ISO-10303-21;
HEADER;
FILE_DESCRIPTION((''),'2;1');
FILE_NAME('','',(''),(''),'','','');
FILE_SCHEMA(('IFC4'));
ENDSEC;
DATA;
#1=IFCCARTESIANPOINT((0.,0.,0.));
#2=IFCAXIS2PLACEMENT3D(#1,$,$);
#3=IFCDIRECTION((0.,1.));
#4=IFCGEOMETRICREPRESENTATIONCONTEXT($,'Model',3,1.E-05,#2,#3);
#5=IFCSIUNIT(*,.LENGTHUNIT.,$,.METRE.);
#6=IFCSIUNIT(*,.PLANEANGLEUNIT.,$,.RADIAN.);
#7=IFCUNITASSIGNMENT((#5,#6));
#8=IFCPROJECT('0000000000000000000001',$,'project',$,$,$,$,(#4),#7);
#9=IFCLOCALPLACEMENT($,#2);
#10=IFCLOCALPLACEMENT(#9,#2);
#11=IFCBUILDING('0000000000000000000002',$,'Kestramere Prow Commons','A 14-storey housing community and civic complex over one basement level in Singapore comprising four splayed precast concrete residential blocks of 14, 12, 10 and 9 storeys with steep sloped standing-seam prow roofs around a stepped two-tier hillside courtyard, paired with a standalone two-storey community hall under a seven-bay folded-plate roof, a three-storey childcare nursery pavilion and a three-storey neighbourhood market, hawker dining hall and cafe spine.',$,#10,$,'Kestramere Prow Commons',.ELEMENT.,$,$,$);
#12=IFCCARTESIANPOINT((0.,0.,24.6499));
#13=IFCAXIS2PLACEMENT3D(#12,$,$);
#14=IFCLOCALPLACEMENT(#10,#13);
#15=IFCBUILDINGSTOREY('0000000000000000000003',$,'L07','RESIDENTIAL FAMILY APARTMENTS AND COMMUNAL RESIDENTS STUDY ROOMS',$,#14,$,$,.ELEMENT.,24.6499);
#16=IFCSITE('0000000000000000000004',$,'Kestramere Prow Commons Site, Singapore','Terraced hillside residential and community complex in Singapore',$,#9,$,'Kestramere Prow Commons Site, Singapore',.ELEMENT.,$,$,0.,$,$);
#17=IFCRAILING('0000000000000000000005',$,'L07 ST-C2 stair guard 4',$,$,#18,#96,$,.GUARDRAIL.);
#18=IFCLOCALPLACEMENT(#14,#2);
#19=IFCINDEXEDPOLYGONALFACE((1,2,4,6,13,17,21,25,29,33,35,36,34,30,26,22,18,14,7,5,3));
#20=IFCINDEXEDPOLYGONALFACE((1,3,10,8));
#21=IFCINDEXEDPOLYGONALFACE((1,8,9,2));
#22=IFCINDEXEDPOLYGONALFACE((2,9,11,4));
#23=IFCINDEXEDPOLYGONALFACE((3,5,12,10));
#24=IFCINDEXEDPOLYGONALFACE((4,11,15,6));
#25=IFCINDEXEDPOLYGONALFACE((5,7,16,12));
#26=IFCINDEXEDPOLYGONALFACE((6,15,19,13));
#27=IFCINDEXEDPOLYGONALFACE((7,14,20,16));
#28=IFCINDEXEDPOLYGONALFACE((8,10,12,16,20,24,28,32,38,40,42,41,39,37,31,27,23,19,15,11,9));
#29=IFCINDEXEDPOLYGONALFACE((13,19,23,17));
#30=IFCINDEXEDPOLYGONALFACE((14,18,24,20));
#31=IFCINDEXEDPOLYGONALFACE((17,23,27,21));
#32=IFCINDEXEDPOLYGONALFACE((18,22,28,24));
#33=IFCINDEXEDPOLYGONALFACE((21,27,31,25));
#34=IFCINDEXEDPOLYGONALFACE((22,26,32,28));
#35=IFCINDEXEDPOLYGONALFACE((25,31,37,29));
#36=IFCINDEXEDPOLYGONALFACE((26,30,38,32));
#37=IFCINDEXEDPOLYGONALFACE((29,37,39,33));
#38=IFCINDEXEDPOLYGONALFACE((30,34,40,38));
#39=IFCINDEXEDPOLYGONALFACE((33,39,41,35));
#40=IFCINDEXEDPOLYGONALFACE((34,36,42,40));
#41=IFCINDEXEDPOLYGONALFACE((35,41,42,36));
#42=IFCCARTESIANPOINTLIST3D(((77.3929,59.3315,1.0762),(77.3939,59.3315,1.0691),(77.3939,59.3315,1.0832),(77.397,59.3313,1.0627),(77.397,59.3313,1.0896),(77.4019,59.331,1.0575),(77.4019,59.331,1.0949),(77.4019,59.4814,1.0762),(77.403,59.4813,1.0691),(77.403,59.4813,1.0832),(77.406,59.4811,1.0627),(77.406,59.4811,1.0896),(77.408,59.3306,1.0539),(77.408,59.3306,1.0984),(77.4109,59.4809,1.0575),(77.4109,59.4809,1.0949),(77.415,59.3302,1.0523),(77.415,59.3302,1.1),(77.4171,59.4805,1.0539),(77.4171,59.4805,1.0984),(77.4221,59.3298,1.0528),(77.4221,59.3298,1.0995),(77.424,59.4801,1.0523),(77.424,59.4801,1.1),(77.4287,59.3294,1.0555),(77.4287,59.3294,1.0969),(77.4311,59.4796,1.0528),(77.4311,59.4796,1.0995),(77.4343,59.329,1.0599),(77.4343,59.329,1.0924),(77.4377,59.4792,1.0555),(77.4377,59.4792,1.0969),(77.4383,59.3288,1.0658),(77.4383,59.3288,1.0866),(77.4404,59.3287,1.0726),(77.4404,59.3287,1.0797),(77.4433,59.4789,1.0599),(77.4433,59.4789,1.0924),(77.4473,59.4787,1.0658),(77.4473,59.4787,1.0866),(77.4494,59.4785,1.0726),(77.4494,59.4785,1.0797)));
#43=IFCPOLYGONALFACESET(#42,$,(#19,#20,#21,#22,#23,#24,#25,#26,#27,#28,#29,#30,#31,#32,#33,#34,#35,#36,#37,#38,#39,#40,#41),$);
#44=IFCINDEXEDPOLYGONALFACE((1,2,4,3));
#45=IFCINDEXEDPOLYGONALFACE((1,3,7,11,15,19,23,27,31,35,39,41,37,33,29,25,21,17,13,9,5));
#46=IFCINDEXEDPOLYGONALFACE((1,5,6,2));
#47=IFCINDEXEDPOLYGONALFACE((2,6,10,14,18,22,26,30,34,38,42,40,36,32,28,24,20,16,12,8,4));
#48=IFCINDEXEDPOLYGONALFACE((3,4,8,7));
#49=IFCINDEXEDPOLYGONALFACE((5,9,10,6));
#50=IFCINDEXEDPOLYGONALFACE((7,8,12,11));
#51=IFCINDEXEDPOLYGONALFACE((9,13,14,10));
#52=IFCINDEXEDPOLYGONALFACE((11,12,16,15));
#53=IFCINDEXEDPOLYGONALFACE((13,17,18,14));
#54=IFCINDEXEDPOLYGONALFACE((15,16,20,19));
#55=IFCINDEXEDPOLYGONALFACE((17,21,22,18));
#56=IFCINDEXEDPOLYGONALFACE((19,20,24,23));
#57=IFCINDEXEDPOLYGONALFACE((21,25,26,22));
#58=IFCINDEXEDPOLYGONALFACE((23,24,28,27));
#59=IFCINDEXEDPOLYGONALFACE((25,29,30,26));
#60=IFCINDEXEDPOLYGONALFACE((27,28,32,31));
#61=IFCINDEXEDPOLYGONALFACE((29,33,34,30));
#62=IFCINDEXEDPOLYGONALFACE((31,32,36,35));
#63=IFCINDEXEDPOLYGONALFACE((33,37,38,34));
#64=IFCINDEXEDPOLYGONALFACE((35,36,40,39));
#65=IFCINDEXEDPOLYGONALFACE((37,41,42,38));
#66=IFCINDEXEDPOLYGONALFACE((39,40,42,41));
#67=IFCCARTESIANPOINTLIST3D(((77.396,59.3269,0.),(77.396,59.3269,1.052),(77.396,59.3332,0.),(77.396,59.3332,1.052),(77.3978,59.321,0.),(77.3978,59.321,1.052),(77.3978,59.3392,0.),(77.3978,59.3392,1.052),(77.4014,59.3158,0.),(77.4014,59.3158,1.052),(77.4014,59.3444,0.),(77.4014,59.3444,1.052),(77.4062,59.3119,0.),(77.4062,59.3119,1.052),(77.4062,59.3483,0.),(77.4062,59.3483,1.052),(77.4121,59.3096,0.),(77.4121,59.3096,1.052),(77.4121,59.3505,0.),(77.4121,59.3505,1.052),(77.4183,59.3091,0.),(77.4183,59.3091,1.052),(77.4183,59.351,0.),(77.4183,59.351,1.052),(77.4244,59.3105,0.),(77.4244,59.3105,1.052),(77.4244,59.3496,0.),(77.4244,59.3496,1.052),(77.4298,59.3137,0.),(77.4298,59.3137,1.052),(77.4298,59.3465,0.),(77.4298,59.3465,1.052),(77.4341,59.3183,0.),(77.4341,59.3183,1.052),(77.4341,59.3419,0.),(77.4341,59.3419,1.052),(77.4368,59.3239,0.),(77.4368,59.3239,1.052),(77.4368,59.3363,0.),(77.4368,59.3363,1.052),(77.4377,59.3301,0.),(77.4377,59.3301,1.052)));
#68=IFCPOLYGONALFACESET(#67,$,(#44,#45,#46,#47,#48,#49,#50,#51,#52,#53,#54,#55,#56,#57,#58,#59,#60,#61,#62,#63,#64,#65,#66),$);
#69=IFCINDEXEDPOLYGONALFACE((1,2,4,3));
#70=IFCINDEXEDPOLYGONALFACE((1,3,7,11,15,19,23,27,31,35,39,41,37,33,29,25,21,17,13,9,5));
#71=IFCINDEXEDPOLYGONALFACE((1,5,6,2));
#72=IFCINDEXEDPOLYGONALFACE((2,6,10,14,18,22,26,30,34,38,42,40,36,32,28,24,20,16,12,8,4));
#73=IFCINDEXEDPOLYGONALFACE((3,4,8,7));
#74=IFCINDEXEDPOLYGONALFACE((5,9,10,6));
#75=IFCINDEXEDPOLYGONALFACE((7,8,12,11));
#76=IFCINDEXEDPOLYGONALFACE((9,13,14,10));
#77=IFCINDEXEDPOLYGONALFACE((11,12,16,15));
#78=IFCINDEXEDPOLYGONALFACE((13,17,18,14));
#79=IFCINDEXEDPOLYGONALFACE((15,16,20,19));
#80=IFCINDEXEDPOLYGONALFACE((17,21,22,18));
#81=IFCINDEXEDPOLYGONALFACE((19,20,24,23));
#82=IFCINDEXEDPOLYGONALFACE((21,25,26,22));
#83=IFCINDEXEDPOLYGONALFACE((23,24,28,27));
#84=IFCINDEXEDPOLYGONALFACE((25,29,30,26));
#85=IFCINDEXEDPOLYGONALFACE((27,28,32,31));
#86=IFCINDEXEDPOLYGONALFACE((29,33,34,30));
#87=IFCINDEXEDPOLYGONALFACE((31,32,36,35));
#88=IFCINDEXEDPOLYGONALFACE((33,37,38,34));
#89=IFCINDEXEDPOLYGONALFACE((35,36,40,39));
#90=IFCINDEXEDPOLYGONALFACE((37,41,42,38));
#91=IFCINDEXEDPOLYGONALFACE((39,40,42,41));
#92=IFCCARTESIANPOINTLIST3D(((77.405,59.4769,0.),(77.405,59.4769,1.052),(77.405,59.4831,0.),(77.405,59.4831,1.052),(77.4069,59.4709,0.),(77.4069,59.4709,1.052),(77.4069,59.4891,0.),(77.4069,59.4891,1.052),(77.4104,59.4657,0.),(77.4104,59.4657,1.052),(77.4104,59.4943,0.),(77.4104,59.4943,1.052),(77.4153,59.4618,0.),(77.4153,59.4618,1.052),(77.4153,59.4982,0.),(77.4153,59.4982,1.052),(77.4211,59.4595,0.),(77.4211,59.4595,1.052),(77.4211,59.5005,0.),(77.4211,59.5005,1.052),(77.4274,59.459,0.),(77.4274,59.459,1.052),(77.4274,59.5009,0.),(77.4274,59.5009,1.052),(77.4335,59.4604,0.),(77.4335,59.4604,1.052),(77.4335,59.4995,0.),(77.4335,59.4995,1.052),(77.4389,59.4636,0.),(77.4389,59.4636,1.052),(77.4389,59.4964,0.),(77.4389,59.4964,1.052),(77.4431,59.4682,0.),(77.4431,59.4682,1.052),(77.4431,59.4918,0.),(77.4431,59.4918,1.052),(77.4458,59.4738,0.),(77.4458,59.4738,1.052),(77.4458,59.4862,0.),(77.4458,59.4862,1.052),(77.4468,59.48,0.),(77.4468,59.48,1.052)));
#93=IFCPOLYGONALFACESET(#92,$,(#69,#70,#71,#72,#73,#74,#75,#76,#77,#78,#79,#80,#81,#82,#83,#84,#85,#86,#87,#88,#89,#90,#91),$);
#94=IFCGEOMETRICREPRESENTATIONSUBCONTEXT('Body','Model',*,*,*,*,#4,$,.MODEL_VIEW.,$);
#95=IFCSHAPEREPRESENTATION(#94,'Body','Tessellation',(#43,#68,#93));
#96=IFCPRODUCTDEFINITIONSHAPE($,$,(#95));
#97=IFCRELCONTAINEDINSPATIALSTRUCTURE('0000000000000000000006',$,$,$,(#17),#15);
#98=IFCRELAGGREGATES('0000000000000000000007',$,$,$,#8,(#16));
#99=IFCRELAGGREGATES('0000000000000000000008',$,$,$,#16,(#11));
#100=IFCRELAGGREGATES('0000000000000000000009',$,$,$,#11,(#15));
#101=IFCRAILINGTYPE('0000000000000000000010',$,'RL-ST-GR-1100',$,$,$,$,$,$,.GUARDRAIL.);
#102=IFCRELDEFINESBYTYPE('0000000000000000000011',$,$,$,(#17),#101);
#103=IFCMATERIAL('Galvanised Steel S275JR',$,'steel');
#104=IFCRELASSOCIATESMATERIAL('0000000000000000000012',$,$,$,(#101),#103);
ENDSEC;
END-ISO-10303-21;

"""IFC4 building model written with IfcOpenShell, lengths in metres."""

from ifc_helpers import new_model, si_unit, direction, frame, origin, origin_2d, place, context, subcontext, project, spatial, circle, extrude, material, type_object, element, save


model = new_model("IFC4")

# Units and contexts
model_context = context("Model", 3, precision=1e-05, world=origin(), true_north=direction((0.0, 1.0)))
body_context = subcontext(model_context, "Body", "Model", "MODEL_VIEW")
ifc_project = project(units=[si_unit("LENGTHUNIT", "METRE"), si_unit("PLANEANGLEUNIT", "RADIAN")], contexts=[model_context])

# Site, building, storey
site_placement = place(None, origin())
site = spatial("IfcSite", under=ifc_project, at=site_placement, Name="Kestramere Prow Commons Site, Singapore", Description="Terraced hillside residential and community complex in Singapore", LongName="Kestramere Prow Commons Site, Singapore", CompositionType="ELEMENT", RefElevation=0.0)
building_placement = place(site_placement, origin())
building = spatial("IfcBuilding", under=site, at=building_placement, Name="Kestramere Prow Commons", Description="A 14-storey housing community and civic complex over one basement level in Singapore comprising four splayed precast concrete residential blocks of 14, 12, 10 and 9 storeys with steep sloped standing-seam prow roofs around a stepped two-tier hillside courtyard, paired with a standalone two-storey community hall under a seven-bay folded-plate roof, a three-storey childcare nursery pavilion and a three-storey neighbourhood market, hawker dining hall and cafe spine.", LongName="Kestramere Prow Commons", CompositionType="ELEMENT")
storey_placement = place(building_placement, frame((0.0, 0.0, 24.6499)))
storey = spatial("IfcBuildingStorey", under=building, at=storey_placement, Name="L07", Description="RESIDENTIAL FAMILY APARTMENTS AND COMMUNAL RESIDENTS STUDY ROOMS", CompositionType="ELEMENT", Elevation=24.6499)

# Railing
ifc_material_1 = material(Name="Galvanised Steel S275JR", Category="steel")
railing_type_1 = type_object("IfcRailingType", Name="RL-ST-GR-1100", PredefinedType="GUARDRAIL", material=ifc_material_1)
railing_1_placement = place(storey_placement, frame((77.4167, 59.3301, 0.0)))
element("IfcRailing", 1, at=railing_1_placement, inside=storey, type_object=railing_type_1, Name="L07 ST-C2 stair guard 4", PredefinedType="GUARDRAIL", context=body_context, shape_type="SweptSolid", body=[
    extrude(circle(Radius=0.0239, at=origin_2d()), frame((0.0, 0.0, 1.0762), z_axis=(0.060151, 0.998189, 0.0), x_axis=(-0.998189, 0.060151, 0.0)), (0.0, 0.0, 1.0), 0.1501),
    extrude(circle(Radius=0.021, at=origin_2d()), origin(), (0.0, 0.0, 1.0), 1.052),
    extrude(circle(Radius=0.021, at=origin_2d()), frame((0.009, 0.1499, 0.0)), (0.0, 0.0, 1.0), 1.052),
])

save(model, "model.ifc")
